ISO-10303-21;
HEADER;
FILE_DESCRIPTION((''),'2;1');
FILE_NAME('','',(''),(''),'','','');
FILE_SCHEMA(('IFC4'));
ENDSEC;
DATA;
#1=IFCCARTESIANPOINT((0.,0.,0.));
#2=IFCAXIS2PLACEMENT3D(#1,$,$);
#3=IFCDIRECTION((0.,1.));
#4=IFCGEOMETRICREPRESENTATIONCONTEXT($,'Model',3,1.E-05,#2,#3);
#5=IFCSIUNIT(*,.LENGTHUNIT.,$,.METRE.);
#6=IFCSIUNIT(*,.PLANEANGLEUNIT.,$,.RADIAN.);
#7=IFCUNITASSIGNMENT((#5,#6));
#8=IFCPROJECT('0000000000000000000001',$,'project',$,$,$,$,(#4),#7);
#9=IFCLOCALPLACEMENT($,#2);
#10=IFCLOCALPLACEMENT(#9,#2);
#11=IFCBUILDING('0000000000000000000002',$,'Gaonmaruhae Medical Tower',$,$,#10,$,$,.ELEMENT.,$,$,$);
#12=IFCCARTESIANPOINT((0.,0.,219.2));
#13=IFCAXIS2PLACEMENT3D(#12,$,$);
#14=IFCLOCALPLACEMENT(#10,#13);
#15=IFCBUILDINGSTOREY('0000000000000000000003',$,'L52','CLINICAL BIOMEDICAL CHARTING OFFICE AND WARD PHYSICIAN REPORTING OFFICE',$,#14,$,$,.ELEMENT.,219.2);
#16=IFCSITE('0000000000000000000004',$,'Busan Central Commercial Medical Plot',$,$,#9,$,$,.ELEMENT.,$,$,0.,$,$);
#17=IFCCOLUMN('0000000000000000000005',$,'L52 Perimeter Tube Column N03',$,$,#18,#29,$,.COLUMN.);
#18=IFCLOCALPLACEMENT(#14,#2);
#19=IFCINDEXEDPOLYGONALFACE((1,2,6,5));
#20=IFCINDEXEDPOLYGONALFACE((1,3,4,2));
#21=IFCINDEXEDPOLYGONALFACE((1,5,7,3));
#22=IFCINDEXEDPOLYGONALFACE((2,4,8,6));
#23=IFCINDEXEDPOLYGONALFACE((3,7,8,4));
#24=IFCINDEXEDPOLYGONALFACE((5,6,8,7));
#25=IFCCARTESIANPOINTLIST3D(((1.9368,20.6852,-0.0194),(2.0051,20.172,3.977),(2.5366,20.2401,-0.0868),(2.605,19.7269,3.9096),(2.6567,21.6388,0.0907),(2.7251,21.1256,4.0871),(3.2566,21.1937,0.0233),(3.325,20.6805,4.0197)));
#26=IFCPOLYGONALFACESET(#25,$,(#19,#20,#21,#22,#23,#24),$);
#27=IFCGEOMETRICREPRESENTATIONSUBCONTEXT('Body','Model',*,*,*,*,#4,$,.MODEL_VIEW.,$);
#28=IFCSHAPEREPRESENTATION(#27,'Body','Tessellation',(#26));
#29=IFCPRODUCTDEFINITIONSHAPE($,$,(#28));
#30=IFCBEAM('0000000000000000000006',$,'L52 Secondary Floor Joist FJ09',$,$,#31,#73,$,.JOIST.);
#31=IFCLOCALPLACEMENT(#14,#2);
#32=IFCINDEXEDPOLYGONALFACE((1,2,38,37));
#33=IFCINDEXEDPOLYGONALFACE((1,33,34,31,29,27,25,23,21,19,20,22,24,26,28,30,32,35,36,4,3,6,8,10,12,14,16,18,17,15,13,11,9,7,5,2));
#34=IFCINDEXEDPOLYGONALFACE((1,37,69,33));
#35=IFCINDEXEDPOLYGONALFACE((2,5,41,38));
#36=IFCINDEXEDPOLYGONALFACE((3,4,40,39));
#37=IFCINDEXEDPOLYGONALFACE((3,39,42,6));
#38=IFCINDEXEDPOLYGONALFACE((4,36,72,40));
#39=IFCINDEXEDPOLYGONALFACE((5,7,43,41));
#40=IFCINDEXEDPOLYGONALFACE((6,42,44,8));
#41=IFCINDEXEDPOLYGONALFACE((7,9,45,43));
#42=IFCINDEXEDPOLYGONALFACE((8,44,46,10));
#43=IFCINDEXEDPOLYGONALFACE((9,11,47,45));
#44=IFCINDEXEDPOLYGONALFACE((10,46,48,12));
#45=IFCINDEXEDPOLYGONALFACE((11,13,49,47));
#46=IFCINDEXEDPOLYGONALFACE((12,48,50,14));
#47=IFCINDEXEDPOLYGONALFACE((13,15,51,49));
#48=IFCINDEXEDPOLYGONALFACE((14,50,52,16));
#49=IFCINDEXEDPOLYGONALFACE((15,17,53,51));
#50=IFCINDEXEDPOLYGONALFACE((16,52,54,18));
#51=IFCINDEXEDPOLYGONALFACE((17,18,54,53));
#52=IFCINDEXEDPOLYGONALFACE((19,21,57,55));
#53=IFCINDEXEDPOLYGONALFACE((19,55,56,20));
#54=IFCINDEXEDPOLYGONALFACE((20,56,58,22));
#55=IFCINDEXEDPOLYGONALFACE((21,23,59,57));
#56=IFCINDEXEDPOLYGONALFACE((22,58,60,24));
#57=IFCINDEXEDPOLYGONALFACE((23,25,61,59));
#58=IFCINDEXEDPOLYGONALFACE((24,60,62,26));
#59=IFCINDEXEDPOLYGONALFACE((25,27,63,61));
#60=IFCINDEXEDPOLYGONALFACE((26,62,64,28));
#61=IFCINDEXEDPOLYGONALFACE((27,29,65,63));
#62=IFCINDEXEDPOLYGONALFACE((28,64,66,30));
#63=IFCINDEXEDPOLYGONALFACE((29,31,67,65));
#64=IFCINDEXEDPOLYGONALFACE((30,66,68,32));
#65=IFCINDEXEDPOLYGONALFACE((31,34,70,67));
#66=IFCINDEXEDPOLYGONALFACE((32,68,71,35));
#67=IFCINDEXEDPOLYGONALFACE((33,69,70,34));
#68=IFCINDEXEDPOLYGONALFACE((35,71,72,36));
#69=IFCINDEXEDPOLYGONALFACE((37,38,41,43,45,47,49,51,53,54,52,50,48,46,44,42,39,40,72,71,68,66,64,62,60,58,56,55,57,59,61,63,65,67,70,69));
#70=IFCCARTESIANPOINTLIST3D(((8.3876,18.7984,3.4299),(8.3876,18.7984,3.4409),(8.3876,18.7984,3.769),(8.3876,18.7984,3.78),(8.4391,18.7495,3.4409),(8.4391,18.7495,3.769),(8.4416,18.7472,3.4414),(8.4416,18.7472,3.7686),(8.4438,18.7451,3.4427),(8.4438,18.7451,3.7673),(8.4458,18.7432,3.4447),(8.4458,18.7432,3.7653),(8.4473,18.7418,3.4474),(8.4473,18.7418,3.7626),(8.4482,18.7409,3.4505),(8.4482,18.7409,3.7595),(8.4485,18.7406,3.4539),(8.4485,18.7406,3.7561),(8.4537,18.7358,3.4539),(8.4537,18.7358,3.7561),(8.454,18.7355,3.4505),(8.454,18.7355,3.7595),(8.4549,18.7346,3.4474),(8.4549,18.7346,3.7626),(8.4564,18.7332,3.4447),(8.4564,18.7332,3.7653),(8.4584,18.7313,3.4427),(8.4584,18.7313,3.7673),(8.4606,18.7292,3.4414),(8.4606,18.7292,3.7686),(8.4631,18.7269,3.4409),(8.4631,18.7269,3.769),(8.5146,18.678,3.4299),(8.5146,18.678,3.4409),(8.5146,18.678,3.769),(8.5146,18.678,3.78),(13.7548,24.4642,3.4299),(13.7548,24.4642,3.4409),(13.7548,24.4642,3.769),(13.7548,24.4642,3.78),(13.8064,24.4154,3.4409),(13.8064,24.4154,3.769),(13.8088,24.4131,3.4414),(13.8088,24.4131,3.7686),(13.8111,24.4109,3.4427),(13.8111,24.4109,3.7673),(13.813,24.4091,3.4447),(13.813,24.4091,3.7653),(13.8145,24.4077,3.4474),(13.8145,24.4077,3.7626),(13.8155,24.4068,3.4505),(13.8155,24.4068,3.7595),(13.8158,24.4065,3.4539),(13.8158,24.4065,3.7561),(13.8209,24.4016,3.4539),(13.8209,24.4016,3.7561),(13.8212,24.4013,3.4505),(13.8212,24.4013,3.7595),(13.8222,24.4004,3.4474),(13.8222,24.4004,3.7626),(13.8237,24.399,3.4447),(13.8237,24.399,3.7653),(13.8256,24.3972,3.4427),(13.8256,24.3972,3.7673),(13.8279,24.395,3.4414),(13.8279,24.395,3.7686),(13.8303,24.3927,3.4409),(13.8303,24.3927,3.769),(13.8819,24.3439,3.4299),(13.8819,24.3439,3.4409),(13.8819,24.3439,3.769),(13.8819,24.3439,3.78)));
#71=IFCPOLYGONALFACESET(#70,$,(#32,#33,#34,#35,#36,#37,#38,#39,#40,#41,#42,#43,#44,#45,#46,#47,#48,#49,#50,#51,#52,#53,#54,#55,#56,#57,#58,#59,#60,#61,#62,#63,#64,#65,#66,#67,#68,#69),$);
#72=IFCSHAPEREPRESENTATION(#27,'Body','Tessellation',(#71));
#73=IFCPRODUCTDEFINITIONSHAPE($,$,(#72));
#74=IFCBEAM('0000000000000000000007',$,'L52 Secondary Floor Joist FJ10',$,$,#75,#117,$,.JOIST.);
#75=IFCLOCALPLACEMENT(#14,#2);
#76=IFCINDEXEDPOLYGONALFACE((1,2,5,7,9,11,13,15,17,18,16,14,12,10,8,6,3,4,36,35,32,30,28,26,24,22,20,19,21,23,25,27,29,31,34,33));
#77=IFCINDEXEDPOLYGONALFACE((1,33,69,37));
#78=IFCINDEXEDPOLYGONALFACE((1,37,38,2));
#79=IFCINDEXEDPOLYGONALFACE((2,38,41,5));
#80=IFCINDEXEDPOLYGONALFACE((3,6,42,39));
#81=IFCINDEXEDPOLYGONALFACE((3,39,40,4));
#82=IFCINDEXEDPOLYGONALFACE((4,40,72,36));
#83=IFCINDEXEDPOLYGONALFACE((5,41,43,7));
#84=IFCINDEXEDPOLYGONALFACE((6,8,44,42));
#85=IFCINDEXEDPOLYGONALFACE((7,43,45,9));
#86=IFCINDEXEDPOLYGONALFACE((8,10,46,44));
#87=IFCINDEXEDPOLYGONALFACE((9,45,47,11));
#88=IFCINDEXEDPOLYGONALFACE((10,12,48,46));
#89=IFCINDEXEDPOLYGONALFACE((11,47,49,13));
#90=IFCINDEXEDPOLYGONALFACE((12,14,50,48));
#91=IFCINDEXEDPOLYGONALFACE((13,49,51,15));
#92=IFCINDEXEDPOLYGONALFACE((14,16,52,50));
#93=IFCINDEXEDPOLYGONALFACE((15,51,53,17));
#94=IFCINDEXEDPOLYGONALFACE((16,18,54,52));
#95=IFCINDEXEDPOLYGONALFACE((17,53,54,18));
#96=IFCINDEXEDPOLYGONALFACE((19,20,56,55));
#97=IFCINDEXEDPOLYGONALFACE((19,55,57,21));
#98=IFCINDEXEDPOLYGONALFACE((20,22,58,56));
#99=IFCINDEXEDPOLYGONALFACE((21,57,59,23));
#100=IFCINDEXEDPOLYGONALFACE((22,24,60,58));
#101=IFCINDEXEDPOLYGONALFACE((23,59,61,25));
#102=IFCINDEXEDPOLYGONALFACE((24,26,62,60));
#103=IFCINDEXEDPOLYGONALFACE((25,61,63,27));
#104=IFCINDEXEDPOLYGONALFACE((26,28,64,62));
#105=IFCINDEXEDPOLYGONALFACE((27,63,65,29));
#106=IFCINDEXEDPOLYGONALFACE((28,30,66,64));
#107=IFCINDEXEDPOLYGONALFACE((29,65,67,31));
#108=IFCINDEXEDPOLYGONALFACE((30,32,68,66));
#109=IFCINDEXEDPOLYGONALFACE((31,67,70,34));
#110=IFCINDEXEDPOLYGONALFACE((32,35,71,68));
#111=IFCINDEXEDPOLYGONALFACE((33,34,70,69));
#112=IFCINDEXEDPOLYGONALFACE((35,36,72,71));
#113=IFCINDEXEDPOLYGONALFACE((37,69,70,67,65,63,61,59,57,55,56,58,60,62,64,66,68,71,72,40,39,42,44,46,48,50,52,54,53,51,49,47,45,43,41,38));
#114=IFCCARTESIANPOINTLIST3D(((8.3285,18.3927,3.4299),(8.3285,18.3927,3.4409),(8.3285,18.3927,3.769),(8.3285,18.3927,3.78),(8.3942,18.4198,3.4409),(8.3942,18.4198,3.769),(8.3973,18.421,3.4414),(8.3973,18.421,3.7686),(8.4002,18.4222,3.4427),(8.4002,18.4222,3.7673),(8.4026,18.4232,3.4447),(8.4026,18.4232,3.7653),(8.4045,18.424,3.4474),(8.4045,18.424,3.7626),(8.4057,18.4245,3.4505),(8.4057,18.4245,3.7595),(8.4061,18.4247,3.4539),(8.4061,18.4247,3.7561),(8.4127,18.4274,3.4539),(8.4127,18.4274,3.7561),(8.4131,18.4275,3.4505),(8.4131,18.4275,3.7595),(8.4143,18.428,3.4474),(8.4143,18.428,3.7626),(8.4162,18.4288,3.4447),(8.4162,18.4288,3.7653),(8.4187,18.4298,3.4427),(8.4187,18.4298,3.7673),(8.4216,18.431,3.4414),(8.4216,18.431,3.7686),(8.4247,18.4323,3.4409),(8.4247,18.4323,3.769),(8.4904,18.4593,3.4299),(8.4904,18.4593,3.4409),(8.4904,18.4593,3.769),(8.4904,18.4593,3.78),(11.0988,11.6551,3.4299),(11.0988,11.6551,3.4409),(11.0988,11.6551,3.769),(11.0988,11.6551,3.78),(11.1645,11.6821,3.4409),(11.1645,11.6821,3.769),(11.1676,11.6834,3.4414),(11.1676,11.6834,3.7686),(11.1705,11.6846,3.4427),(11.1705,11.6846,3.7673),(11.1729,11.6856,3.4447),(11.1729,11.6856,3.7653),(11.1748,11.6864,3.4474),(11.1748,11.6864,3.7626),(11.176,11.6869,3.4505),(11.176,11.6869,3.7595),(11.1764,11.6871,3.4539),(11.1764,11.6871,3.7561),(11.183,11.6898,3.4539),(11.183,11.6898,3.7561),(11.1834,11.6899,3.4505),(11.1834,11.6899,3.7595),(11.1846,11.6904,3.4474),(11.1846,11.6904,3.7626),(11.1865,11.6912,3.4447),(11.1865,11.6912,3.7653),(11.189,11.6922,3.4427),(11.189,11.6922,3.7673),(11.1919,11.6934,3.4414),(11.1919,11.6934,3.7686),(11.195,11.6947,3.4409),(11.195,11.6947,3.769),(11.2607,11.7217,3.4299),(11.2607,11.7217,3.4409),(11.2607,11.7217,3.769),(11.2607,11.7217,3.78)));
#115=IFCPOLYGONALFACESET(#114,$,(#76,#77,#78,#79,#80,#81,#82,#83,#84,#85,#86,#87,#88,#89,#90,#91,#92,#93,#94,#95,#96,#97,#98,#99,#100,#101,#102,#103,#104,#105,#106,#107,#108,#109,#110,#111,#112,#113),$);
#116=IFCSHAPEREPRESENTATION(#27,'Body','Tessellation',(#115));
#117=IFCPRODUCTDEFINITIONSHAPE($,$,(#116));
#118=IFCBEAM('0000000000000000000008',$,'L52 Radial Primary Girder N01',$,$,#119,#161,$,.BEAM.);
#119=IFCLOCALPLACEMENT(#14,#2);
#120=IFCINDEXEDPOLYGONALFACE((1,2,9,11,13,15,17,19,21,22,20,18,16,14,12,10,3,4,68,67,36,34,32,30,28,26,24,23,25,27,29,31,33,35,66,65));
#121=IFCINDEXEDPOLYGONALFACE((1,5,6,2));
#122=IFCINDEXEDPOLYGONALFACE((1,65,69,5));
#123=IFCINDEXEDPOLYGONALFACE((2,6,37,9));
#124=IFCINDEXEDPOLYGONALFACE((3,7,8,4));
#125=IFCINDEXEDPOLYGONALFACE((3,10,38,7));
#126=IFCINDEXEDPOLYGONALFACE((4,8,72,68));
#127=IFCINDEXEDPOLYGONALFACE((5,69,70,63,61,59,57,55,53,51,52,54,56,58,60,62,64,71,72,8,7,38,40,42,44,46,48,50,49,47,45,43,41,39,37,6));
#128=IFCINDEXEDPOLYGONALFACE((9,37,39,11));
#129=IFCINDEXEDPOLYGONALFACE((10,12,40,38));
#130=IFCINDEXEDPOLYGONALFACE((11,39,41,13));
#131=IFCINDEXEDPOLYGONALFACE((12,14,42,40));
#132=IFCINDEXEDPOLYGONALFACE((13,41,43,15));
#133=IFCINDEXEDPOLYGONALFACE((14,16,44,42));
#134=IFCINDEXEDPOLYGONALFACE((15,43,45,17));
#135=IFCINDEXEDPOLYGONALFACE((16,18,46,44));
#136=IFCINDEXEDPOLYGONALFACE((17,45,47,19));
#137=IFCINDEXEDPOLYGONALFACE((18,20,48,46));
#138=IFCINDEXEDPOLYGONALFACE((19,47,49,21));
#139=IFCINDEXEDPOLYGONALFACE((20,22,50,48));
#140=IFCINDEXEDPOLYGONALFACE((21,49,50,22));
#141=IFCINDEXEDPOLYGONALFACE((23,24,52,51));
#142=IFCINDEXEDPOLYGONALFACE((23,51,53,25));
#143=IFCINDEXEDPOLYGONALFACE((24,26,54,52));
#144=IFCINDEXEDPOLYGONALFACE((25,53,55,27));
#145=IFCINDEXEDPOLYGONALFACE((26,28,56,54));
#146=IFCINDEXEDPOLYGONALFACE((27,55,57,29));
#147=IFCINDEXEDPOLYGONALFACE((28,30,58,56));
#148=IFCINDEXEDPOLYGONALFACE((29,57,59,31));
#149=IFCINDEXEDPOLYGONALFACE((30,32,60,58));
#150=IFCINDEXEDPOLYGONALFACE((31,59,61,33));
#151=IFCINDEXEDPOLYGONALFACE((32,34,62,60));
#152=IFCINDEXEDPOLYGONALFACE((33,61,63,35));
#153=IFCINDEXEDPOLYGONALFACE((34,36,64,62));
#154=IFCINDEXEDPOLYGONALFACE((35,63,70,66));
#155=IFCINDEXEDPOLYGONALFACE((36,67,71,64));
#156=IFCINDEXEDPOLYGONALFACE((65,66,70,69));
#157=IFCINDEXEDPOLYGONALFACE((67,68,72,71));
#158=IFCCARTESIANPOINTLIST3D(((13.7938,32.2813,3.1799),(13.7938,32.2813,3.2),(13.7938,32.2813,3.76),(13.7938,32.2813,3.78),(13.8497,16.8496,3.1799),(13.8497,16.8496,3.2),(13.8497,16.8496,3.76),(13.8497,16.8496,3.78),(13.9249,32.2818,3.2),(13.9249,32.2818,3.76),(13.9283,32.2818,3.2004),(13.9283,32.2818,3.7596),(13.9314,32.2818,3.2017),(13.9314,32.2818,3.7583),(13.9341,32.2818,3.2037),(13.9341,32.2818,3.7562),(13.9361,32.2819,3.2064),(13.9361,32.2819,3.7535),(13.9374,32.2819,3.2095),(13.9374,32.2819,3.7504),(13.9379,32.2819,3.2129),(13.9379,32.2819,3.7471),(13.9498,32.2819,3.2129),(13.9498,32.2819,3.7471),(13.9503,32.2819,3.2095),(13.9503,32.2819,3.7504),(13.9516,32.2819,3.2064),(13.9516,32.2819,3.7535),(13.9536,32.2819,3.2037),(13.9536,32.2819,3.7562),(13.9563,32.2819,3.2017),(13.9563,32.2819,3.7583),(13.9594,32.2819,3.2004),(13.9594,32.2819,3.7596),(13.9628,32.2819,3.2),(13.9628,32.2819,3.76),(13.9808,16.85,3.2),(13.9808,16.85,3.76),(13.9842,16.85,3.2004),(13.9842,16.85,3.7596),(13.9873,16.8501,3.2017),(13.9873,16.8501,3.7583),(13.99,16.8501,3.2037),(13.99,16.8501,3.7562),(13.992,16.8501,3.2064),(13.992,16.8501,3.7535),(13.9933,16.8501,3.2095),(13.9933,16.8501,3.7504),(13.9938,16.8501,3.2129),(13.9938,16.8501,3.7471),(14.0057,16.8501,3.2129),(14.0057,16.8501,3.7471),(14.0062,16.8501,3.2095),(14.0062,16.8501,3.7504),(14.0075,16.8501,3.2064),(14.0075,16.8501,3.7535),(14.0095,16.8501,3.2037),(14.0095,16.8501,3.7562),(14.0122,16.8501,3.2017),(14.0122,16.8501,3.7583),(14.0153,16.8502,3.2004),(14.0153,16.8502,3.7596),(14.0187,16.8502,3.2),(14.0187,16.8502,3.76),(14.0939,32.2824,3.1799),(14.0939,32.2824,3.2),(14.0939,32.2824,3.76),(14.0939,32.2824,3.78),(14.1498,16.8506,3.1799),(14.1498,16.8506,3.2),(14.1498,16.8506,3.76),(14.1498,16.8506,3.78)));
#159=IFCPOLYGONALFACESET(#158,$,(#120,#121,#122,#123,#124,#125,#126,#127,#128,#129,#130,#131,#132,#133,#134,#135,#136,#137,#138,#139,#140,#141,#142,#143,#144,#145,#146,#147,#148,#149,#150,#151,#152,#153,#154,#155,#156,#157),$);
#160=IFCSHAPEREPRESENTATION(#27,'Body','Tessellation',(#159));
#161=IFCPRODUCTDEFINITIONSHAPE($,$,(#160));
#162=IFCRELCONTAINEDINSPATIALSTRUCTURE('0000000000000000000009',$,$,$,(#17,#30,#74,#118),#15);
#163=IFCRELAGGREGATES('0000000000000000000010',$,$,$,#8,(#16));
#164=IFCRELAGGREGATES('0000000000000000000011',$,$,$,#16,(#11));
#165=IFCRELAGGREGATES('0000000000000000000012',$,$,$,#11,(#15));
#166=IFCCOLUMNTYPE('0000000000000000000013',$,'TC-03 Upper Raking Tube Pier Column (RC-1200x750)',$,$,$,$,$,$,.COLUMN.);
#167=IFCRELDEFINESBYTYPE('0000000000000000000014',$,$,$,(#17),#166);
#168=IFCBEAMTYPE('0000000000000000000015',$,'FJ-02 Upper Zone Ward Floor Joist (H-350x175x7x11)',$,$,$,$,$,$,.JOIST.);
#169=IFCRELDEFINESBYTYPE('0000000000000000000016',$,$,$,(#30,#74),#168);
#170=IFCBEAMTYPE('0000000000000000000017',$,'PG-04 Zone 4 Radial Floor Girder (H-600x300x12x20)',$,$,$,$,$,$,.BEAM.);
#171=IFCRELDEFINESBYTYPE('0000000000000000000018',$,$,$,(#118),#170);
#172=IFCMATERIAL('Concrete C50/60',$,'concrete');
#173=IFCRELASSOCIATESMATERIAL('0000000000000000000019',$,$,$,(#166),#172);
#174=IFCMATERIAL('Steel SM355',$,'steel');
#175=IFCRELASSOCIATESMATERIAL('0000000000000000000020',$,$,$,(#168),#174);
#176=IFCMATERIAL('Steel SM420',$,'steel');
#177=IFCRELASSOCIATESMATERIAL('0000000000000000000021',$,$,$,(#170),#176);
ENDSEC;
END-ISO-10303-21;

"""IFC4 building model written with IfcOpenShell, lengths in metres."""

from ifc_helpers import new_model, si_unit, direction, frame, origin, origin_2d, place, context, subcontext, project, spatial, rectangle, i_section, extrude, material, material_profile, profile_set, type_object, element, save


model = new_model("IFC4")

# Units and contexts
model_context = context("Model", 3, precision=1e-05, world=origin(), true_north=direction((0.0, 1.0)))
body_context = subcontext(model_context, "Body", "Model", "MODEL_VIEW")
ifc_project = project(units=[si_unit("LENGTHUNIT", "METRE"), si_unit("PLANEANGLEUNIT", "RADIAN")], contexts=[model_context])

# Site, building, storey
site_placement = place(None, origin())
site = spatial("IfcSite", under=ifc_project, at=site_placement, Name="Busan Central Commercial Medical Plot", CompositionType="ELEMENT", RefElevation=0.0)
building_placement = place(site_placement, origin())
building = spatial("IfcBuilding", under=site, at=building_placement, Name="Gaonmaruhae Medical Tower", CompositionType="ELEMENT")
storey_placement = place(building_placement, frame((0.0, 0.0, 219.2)))
storey = spatial("IfcBuildingStorey", under=building, at=storey_placement, Name="L52", Description="CLINICAL BIOMEDICAL CHARTING OFFICE AND WARD PHYSICIAN REPORTING OFFICE", CompositionType="ELEMENT", Elevation=219.2)

# Column
ifc_material_1 = material(Name="Concrete C50/60", Category="concrete")
ifc_material_profile_1 = material_profile(ifc_material_1, rectangle(XDim=1.2, YDim=0.75, at=origin_2d()), Name="RC-1200x750")
ifc_profile_set_1 = profile_set([ifc_material_profile_1], Name="Concrete C50/60")
column_type = type_object("IfcColumnType", Name="TC-03 Upper Raking Tube Pier Column (RC-1200x750)", PredefinedType="COLUMN", material=ifc_profile_set_1)
column_placement = place(storey_placement, frame((2.5967, 20.9395, 0.002), z_axis=(0.016964, -0.127349, 0.991713), x_axis=(0.59998, 0.794732, 0.091791)))
element("IfcColumn", 1, at=column_placement, inside=storey, type_object=column_type, Name="L52 Perimeter Tube Column N03", PredefinedType="COLUMN", context=body_context, shape_type="SweptSolid", body=[
    extrude(rectangle(XDim=1.2, YDim=0.75, at=origin_2d()), origin(), (0.0, 0.0, 1.0), 4.0298),
])

# Beams
ifc_material_2 = material(Name="Steel SM355", Category="steel")
ifc_material_profile_2 = material_profile(ifc_material_2, i_section(OverallWidth=0.175, OverallDepth=0.3501, WebThickness=0.0071, FlangeThickness=0.011, FilletRadius=0.0129, at=origin_2d()), Name="H-350x175x7x11")
ifc_profile_set_2 = profile_set([ifc_material_profile_2], Name="Steel SM355")
beam_type_1 = type_object("IfcBeamType", Name="FJ-02 Upper Zone Ward Floor Joist (H-350x175x7x11)", PredefinedType="JOIST", material=ifc_profile_set_2)
beam_1_placement = place(storey_placement, frame((13.8184, 24.4041, 3.605), z_axis=(-0.687719, -0.725977, 0.0), x_axis=(0.725977, -0.687719, 0.0)))
element("IfcBeam", 2, at=beam_1_placement, inside=storey, type_object=beam_type_1, Name="L52 Secondary Floor Joist FJ09", PredefinedType="JOIST", context=body_context, shape_type="SweptSolid", body=[
    extrude(i_section(OverallWidth=0.175, OverallDepth=0.3501, WebThickness=0.0071, FlangeThickness=0.011, FilletRadius=0.0129, at=origin_2d()), origin(), (0.0, 0.0, 1.0), 7.8044),
])
beam_2_placement = place(storey_placement, frame((8.4094, 18.426, 3.605), z_axis=(0.380278, -0.924872, 0.0), x_axis=(0.924872, 0.380278, 0.0)))
element("IfcBeam", 3, at=beam_2_placement, inside=storey, type_object=beam_type_1, Name="L52 Secondary Floor Joist FJ10", PredefinedType="JOIST", context=body_context, shape_type="SweptSolid", body=[
    extrude(i_section(OverallWidth=0.175, OverallDepth=0.3501, WebThickness=0.0071, FlangeThickness=0.011, FilletRadius=0.0129, at=origin_2d()), origin(), (0.0, 0.0, 1.0), 7.2849),
])
ifc_material_3 = material(Name="Steel SM420", Category="steel")
ifc_material_profile_3 = material_profile(ifc_material_3, i_section(OverallWidth=0.3, OverallDepth=0.6001, WebThickness=0.012, FlangeThickness=0.02, FilletRadius=0.0129, at=origin_2d()), Name="H-600x300x12x20")
ifc_profile_set_3 = profile_set([ifc_material_profile_3], Name="Steel SM420")
beam_type_2 = type_object("IfcBeamType", Name="PG-04 Zone 4 Radial Floor Girder (H-600x300x12x20)", PredefinedType="BEAM", material=ifc_profile_set_3)
beam_3_placement = place(storey_placement, frame((13.9998, 16.8501, 3.48), z_axis=(-0.003623, 0.999993, 0.0), x_axis=(-0.999993, -0.003623, 0.0)))
element("IfcBeam", 4, at=beam_3_placement, inside=storey, type_object=beam_type_2, Name="L52 Radial Primary Girder N01", PredefinedType="BEAM", context=body_context, shape_type="SweptSolid", body=[
    extrude(i_section(OverallWidth=0.3, OverallDepth=0.6001, WebThickness=0.012, FlangeThickness=0.02, FilletRadius=0.0129, at=origin_2d()), origin(), (0.0, 0.0, 1.0), 15.4319),
])

save(model, "model.ifc")
